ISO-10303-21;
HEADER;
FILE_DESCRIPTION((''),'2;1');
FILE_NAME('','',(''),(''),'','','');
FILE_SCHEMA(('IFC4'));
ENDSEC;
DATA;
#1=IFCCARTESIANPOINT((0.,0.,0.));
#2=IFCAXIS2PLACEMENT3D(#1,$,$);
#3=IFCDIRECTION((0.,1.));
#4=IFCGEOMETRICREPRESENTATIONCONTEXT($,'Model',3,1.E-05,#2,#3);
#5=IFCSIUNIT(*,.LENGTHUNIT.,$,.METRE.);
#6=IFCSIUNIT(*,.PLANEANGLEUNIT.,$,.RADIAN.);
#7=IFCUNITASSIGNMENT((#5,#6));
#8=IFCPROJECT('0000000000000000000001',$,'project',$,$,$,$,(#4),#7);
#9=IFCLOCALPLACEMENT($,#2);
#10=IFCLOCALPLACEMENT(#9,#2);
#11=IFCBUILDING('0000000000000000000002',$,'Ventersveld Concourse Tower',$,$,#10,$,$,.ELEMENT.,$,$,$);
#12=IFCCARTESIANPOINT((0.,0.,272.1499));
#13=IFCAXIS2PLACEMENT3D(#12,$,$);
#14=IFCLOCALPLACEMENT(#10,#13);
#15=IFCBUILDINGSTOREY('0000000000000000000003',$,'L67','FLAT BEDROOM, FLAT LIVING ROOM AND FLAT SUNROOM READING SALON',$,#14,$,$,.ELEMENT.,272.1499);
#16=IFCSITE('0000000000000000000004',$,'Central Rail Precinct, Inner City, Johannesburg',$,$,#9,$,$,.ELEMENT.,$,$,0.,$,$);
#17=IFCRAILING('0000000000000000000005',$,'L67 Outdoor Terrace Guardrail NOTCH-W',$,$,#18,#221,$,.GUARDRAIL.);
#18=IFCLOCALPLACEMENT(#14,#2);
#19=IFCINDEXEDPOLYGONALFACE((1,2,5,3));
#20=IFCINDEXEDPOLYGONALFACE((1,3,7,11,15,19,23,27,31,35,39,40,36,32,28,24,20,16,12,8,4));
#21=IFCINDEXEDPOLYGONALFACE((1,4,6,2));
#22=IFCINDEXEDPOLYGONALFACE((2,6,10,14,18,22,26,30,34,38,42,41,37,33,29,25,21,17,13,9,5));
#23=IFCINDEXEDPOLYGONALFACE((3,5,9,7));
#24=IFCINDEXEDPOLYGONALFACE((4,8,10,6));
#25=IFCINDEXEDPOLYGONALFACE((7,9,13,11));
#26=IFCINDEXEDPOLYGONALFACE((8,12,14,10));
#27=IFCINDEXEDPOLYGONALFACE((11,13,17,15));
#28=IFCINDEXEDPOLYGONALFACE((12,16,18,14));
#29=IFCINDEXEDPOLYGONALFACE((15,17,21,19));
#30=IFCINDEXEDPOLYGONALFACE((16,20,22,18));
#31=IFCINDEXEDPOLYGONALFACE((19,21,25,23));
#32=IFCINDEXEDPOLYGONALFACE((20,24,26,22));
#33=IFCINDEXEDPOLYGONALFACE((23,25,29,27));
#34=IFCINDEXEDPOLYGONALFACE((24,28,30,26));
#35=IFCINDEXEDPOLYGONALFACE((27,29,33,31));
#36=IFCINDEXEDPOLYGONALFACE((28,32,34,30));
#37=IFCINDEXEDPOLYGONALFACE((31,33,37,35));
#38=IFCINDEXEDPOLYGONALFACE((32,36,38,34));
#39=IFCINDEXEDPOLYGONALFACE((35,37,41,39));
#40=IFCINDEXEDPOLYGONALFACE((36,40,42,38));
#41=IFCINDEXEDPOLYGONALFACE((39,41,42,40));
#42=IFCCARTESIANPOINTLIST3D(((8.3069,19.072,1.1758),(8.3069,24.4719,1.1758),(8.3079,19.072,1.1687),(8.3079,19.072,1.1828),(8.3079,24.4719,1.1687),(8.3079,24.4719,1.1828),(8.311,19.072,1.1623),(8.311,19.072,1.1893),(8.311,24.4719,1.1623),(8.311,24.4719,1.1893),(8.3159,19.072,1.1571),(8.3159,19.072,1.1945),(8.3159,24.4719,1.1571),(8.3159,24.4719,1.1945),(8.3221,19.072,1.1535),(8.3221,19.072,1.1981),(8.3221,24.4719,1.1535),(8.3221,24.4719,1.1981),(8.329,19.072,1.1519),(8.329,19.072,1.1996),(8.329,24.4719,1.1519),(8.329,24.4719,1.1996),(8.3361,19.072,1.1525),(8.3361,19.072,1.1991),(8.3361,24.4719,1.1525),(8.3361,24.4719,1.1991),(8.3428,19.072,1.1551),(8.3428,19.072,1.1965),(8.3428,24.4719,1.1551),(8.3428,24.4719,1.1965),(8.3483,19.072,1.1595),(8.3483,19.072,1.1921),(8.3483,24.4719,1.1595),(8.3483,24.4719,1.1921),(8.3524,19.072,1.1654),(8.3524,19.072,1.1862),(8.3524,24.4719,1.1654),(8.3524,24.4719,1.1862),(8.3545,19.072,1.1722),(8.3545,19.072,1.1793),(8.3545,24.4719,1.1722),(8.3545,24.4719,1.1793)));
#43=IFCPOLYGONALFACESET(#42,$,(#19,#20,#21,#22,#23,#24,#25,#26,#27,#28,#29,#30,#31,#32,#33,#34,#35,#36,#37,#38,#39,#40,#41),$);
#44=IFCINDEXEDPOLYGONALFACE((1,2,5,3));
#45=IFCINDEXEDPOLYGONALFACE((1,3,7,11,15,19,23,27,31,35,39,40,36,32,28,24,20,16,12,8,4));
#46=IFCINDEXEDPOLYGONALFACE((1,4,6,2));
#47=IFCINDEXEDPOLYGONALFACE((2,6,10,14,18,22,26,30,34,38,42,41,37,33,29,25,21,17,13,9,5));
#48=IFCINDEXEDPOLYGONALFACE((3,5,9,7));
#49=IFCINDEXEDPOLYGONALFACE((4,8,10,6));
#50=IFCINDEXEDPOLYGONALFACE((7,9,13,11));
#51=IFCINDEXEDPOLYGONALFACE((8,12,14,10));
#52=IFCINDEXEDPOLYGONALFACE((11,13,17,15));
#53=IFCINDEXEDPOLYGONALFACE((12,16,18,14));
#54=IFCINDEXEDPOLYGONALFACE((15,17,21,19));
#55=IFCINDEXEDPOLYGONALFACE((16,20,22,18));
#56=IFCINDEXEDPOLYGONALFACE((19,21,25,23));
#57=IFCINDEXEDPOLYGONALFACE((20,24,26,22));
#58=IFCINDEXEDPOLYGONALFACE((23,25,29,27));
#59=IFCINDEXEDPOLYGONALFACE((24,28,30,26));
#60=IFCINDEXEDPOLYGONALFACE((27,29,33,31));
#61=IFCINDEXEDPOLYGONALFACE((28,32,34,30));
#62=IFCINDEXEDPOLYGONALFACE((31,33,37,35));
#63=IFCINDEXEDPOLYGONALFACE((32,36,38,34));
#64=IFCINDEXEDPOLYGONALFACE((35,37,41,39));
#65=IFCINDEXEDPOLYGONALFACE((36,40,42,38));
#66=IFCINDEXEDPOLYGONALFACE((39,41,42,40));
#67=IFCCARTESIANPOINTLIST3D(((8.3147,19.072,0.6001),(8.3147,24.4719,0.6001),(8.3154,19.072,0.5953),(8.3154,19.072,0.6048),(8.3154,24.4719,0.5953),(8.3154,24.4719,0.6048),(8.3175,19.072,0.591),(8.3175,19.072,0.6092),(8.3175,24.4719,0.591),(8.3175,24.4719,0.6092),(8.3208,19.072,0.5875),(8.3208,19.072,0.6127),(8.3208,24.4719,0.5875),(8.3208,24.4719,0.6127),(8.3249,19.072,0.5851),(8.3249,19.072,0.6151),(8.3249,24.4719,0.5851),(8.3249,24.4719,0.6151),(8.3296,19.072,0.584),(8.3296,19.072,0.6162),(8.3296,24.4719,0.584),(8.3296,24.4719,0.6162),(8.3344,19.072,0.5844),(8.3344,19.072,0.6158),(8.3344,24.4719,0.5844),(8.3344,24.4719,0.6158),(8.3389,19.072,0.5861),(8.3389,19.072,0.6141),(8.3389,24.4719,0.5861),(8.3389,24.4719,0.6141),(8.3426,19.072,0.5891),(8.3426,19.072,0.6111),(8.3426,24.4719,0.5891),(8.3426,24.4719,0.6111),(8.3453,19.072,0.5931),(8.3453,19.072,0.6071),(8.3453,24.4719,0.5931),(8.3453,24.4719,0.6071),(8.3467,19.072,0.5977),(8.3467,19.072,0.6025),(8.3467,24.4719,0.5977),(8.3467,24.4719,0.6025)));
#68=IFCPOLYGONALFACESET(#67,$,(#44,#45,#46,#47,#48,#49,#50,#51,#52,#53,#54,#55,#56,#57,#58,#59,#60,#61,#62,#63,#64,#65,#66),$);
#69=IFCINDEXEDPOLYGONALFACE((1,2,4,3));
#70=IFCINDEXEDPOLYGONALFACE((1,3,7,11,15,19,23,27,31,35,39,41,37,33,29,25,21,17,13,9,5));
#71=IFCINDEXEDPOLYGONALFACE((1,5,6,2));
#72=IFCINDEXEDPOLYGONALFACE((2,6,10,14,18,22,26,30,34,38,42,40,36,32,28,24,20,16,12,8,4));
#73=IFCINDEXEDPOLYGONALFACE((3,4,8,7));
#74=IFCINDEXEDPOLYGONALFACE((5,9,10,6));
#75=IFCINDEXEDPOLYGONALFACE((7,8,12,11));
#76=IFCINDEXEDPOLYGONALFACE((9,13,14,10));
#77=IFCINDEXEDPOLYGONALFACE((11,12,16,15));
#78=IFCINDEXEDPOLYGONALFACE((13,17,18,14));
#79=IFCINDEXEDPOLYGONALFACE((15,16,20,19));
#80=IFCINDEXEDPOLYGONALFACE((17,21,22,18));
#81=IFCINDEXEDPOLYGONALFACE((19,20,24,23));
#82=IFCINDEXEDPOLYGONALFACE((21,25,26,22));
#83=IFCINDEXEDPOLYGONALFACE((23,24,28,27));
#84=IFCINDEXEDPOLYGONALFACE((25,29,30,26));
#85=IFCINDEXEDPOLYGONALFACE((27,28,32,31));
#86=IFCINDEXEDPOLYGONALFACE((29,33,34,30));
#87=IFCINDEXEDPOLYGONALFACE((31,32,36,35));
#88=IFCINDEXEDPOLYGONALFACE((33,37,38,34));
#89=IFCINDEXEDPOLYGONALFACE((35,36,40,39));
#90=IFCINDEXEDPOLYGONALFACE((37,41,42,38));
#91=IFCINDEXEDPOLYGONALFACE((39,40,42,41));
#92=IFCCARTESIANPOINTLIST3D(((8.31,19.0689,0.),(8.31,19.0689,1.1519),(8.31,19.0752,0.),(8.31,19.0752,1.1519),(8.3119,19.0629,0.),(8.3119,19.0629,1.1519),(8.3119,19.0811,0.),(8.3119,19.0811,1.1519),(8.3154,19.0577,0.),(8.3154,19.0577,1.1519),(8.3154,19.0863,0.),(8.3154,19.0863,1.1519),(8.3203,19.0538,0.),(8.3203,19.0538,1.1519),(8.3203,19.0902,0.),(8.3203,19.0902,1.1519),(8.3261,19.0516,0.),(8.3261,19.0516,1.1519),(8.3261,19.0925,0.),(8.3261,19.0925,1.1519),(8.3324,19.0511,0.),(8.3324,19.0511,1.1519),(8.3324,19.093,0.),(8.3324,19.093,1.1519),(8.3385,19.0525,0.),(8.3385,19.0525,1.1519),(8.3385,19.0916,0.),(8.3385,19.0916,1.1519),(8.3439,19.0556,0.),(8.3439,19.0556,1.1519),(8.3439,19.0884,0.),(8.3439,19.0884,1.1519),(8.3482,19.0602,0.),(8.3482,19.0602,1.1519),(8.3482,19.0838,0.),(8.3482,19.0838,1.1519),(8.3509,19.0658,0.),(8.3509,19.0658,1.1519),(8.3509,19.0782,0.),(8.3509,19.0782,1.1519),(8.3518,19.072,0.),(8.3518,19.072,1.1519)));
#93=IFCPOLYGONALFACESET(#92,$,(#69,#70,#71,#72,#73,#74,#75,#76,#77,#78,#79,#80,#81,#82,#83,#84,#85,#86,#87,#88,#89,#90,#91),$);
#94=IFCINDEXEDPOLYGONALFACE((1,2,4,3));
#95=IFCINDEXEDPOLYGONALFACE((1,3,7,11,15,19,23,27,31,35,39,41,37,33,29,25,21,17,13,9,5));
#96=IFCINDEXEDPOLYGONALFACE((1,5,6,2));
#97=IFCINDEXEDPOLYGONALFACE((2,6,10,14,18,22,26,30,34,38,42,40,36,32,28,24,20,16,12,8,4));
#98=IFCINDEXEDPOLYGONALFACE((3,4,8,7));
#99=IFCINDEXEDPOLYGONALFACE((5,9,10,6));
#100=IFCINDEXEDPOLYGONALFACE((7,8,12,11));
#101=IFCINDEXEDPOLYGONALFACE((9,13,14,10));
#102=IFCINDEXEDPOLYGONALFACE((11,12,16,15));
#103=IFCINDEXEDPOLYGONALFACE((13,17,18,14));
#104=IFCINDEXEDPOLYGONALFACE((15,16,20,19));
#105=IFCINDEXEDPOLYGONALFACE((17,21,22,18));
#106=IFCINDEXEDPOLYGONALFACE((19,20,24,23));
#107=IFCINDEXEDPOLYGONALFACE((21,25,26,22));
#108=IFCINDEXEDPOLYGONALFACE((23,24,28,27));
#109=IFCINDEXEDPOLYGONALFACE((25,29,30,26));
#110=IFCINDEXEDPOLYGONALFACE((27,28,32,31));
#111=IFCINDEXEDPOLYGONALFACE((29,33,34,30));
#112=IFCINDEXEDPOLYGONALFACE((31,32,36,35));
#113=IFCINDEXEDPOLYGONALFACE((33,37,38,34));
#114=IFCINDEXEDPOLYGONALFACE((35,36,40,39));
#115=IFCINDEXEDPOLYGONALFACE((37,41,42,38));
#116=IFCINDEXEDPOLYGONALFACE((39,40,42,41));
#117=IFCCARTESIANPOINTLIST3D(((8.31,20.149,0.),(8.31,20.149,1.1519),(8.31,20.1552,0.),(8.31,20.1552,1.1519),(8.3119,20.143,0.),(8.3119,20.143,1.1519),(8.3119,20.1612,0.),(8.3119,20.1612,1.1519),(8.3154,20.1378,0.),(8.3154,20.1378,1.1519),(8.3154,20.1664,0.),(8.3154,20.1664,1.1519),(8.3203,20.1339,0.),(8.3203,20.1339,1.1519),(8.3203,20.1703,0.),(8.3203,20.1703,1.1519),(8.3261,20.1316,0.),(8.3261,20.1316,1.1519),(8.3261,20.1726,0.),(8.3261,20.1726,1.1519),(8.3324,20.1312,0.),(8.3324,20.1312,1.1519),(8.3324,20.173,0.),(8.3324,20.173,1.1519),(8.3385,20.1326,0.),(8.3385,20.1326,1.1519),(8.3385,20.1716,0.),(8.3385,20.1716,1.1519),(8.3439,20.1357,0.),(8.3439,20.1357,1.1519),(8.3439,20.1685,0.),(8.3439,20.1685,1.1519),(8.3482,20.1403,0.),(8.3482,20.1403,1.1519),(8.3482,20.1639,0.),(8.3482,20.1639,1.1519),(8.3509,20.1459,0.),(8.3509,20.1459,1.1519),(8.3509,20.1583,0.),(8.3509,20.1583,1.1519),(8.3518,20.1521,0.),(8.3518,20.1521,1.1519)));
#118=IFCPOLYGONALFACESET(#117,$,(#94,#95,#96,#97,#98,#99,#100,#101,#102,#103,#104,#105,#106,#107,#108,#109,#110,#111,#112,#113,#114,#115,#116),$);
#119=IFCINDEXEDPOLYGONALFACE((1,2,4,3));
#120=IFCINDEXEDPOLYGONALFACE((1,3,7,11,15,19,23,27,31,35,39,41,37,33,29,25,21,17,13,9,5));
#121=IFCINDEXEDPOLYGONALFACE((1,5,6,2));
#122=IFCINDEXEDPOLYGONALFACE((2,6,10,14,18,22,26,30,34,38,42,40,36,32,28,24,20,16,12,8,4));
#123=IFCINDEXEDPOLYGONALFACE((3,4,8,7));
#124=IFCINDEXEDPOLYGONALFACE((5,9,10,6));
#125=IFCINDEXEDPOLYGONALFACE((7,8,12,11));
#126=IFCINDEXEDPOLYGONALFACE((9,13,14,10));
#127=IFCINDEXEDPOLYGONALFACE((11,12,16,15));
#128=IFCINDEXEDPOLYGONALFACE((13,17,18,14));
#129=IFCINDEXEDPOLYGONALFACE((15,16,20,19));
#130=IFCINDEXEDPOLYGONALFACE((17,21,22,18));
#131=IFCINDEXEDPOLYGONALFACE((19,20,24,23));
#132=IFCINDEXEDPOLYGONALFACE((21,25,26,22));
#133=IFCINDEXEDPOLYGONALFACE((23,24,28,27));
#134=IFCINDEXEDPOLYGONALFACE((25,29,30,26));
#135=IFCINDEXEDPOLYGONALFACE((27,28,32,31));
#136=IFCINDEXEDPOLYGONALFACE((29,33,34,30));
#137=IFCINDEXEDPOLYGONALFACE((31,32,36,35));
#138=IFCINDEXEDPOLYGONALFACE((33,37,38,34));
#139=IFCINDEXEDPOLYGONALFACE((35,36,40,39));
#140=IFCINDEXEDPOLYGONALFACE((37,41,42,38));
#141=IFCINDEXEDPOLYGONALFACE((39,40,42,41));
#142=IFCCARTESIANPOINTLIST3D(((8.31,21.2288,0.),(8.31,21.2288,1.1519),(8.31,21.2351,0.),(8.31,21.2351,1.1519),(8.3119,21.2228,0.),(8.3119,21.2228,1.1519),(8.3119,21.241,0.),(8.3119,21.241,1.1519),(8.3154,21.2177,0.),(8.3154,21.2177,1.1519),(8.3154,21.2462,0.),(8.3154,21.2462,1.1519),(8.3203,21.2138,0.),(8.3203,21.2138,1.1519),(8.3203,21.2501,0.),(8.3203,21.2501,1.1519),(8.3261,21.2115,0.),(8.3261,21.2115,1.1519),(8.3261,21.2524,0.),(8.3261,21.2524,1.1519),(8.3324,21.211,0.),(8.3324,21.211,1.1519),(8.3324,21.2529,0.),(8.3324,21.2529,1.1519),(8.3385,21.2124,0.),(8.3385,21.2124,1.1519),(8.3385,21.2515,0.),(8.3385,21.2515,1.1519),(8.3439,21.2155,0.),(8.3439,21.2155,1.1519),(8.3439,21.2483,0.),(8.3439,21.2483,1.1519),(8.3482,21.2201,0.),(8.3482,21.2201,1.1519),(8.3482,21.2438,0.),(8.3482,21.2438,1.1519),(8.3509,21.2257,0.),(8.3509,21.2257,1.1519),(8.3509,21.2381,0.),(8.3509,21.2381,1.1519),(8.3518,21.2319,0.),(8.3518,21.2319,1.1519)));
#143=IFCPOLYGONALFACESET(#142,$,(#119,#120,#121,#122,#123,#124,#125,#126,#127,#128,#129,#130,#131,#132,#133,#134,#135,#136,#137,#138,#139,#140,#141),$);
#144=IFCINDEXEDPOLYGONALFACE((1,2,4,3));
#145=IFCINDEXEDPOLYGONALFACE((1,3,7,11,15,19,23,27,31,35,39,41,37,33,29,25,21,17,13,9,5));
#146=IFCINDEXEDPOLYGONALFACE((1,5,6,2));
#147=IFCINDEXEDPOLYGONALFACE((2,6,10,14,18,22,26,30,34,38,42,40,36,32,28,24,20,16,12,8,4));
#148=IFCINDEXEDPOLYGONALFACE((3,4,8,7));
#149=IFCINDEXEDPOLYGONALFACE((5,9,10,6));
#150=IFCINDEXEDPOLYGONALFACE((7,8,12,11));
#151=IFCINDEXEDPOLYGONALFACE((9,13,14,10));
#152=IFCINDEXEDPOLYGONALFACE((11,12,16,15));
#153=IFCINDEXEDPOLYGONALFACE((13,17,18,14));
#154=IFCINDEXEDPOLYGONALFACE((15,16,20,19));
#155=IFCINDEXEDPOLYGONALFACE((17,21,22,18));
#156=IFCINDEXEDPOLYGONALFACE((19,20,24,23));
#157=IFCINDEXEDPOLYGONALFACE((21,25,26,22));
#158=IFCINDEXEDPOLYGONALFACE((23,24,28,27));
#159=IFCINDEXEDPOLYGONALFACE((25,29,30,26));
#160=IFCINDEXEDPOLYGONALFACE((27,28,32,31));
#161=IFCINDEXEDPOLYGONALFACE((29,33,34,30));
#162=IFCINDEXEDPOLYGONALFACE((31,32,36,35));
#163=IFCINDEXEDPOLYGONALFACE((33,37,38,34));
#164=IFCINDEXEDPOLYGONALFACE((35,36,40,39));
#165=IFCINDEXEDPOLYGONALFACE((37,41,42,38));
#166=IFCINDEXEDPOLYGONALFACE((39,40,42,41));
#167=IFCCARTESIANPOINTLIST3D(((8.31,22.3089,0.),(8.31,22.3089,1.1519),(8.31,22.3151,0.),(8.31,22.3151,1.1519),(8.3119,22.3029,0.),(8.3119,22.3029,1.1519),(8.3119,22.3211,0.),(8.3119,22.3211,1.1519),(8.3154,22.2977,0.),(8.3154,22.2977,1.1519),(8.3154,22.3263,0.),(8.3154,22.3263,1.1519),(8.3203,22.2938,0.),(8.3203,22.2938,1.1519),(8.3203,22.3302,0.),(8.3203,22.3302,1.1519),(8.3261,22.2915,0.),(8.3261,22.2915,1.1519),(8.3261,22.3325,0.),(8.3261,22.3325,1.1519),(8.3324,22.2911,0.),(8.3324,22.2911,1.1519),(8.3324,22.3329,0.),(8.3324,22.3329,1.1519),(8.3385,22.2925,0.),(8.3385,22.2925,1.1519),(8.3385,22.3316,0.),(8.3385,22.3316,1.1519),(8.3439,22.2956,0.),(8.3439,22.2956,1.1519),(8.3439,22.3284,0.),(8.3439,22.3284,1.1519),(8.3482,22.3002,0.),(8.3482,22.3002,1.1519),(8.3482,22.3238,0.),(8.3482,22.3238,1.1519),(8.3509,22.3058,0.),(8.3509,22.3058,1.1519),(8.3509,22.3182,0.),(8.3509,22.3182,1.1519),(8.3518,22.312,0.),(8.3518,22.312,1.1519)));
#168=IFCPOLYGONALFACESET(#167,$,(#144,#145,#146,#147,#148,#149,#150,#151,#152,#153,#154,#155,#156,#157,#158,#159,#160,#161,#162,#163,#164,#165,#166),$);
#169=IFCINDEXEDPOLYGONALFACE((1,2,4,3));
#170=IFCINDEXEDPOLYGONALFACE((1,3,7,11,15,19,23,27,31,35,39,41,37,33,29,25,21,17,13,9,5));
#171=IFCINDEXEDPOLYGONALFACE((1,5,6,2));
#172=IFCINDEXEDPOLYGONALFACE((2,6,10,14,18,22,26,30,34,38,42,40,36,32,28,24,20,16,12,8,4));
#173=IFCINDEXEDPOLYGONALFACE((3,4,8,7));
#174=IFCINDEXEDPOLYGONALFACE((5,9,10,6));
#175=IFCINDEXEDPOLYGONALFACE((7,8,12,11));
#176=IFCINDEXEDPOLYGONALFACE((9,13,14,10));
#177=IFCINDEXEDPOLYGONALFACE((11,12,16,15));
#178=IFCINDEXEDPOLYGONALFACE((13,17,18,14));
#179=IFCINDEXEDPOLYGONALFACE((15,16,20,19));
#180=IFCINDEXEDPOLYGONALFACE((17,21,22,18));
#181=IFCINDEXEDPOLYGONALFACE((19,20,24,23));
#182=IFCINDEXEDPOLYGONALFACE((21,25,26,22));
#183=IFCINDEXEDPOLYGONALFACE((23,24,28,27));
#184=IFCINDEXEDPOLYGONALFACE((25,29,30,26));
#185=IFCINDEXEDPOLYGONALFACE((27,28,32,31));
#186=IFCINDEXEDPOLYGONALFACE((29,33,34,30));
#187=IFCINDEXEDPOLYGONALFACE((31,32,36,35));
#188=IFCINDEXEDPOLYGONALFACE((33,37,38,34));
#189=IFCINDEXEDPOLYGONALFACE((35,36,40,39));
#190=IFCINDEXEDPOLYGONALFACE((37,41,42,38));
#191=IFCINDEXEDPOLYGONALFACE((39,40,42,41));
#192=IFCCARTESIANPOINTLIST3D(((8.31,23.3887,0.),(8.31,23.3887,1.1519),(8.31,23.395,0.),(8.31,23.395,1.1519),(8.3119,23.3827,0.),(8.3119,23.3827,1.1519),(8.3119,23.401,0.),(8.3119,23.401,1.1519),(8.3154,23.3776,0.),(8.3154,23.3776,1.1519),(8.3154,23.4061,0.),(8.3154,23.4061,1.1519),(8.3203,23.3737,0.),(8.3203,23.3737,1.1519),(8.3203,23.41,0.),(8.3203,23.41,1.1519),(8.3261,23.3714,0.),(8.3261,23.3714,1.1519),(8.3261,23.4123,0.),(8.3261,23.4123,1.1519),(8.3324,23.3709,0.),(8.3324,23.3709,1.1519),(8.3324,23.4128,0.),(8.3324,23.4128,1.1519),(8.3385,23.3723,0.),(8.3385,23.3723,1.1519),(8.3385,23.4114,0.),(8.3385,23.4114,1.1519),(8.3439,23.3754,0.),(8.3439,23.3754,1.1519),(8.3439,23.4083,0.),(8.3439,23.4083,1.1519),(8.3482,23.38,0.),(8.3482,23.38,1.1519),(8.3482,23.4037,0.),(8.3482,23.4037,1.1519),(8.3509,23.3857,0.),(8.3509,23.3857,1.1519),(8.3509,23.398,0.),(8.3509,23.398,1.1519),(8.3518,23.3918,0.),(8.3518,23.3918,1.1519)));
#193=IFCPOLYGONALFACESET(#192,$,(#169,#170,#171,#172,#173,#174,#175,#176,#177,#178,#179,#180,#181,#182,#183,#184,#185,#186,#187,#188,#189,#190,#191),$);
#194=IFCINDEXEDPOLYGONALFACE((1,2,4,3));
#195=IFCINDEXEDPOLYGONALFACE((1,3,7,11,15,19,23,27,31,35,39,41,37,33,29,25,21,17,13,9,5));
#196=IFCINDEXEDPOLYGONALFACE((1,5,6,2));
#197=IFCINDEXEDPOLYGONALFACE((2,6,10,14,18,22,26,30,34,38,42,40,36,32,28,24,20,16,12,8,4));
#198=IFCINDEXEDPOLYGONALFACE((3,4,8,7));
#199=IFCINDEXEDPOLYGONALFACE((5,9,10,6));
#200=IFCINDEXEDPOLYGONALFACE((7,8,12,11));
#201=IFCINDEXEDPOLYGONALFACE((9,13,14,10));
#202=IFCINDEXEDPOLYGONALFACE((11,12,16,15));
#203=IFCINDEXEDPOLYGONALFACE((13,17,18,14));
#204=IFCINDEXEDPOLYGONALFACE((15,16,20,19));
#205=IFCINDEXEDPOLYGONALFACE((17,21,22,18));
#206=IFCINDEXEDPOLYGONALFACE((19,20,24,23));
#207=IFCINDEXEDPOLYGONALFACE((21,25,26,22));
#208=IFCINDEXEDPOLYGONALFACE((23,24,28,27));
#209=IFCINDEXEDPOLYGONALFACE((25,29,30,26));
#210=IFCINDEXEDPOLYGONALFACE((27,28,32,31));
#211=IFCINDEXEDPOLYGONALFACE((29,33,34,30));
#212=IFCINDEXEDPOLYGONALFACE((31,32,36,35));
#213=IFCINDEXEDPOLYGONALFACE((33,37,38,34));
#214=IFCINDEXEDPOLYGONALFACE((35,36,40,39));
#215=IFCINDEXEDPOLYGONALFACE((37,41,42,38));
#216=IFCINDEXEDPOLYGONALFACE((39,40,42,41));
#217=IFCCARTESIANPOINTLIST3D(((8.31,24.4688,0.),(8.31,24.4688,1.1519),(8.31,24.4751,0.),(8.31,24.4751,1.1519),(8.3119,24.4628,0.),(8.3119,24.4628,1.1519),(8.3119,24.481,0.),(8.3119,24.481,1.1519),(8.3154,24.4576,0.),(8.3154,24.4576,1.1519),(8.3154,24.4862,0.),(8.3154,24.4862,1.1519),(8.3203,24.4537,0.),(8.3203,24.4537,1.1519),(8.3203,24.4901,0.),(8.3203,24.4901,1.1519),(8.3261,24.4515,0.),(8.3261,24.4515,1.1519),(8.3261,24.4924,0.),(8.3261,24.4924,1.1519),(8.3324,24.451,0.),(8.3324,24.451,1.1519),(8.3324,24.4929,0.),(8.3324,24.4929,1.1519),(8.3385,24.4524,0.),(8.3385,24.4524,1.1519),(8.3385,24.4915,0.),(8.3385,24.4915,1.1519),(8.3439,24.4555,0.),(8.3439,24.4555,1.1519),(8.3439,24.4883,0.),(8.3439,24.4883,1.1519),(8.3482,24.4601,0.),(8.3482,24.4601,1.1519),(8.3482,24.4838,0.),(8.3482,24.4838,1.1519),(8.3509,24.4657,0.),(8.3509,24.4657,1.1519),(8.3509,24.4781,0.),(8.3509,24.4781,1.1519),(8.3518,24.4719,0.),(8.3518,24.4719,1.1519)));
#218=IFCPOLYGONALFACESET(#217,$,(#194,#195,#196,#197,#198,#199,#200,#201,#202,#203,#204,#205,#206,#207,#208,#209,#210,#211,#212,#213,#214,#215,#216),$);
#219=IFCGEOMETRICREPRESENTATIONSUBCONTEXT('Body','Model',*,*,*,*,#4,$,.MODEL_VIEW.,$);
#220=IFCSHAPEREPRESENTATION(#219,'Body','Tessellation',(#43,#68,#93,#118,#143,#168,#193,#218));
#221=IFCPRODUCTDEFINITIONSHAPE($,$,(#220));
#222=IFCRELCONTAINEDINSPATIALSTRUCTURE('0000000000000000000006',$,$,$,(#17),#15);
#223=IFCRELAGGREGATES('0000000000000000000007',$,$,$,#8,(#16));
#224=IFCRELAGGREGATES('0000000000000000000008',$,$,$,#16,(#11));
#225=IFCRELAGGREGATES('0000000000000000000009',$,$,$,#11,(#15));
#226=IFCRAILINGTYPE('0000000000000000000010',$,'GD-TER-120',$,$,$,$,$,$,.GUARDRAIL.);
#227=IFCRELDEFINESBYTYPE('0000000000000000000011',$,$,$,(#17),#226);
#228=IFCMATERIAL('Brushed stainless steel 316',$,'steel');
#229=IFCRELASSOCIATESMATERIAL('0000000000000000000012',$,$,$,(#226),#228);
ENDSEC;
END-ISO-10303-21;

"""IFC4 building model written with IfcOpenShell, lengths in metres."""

from ifc_helpers import new_model, si_unit, direction, frame, origin, origin_2d, place, context, subcontext, project, spatial, circle, extrude, material, type_object, element, save


model = new_model("IFC4")

# Units and contexts
model_context = context("Model", 3, precision=1e-05, world=origin(), true_north=direction((0.0, 1.0)))
body_context = subcontext(model_context, "Body", "Model", "MODEL_VIEW")
ifc_project = project(units=[si_unit("LENGTHUNIT", "METRE"), si_unit("PLANEANGLEUNIT", "RADIAN")], contexts=[model_context])

# Site, building, storey
site_placement = place(None, origin())
site = spatial("IfcSite", under=ifc_project, at=site_placement, Name="Central Rail Precinct, Inner City, Johannesburg", CompositionType="ELEMENT", RefElevation=0.0)
building_placement = place(site_placement, origin())
building = spatial("IfcBuilding", under=site, at=building_placement, Name="Ventersveld Concourse Tower", CompositionType="ELEMENT")
storey_placement = place(building_placement, frame((0.0, 0.0, 272.1499)))
storey = spatial("IfcBuildingStorey", under=building, at=storey_placement, Name="L67", Description="FLAT BEDROOM, FLAT LIVING ROOM AND FLAT SUNROOM READING SALON", CompositionType="ELEMENT", Elevation=272.1499)

# Railing
ifc_material_1 = material(Name="Brushed stainless steel 316", Category="steel")
railing_type = type_object("IfcRailingType", Name="GD-TER-120", PredefinedType="GUARDRAIL", material=ifc_material_1)
railing_placement = place(storey_placement, frame((8.3308, 19.072, 0.0)))
element("IfcRailing", 1, at=railing_placement, inside=storey, type_object=railing_type, Name="L67 Outdoor Terrace Guardrail NOTCH-W", PredefinedType="GUARDRAIL", context=body_context, shape_type="SweptSolid", body=[
    extrude(circle(Radius=0.0239, at=origin_2d()), frame((0.0, 0.0, 1.1758), z_axis=(0.0, 1.0, 0.0), x_axis=(-1.0, 0.0, 0.0)), (0.0, 0.0, 1.0), 5.3999),
    extrude(circle(Radius=0.0161, at=origin_2d()), frame((0.0, 0.0, 0.6001), z_axis=(0.0, 1.0, 0.0), x_axis=(-1.0, 0.0, 0.0)), (0.0, 0.0, 1.0), 5.3999),
    extrude(circle(Radius=0.021, at=origin_2d()), origin(), (0.0, 0.0, 1.0), 1.1519),
    extrude(circle(Radius=0.021, at=origin_2d()), frame((0.0, 1.0801, 0.0)), (0.0, 0.0, 1.0), 1.1519),
    extrude(circle(Radius=0.021, at=origin_2d()), frame((0.0, 2.1599, 0.0)), (0.0, 0.0, 1.0), 1.1519),
    extrude(circle(Radius=0.021, at=origin_2d()), frame((0.0, 3.24, 0.0)), (0.0, 0.0, 1.0), 1.1519),
    extrude(circle(Radius=0.021, at=origin_2d()), frame((0.0, 4.3198, 0.0)), (0.0, 0.0, 1.0), 1.1519),
    extrude(circle(Radius=0.021, at=origin_2d()), frame((0.0, 5.3999, 0.0)), (0.0, 0.0, 1.0), 1.1519),
])

save(model, "model.ifc")
